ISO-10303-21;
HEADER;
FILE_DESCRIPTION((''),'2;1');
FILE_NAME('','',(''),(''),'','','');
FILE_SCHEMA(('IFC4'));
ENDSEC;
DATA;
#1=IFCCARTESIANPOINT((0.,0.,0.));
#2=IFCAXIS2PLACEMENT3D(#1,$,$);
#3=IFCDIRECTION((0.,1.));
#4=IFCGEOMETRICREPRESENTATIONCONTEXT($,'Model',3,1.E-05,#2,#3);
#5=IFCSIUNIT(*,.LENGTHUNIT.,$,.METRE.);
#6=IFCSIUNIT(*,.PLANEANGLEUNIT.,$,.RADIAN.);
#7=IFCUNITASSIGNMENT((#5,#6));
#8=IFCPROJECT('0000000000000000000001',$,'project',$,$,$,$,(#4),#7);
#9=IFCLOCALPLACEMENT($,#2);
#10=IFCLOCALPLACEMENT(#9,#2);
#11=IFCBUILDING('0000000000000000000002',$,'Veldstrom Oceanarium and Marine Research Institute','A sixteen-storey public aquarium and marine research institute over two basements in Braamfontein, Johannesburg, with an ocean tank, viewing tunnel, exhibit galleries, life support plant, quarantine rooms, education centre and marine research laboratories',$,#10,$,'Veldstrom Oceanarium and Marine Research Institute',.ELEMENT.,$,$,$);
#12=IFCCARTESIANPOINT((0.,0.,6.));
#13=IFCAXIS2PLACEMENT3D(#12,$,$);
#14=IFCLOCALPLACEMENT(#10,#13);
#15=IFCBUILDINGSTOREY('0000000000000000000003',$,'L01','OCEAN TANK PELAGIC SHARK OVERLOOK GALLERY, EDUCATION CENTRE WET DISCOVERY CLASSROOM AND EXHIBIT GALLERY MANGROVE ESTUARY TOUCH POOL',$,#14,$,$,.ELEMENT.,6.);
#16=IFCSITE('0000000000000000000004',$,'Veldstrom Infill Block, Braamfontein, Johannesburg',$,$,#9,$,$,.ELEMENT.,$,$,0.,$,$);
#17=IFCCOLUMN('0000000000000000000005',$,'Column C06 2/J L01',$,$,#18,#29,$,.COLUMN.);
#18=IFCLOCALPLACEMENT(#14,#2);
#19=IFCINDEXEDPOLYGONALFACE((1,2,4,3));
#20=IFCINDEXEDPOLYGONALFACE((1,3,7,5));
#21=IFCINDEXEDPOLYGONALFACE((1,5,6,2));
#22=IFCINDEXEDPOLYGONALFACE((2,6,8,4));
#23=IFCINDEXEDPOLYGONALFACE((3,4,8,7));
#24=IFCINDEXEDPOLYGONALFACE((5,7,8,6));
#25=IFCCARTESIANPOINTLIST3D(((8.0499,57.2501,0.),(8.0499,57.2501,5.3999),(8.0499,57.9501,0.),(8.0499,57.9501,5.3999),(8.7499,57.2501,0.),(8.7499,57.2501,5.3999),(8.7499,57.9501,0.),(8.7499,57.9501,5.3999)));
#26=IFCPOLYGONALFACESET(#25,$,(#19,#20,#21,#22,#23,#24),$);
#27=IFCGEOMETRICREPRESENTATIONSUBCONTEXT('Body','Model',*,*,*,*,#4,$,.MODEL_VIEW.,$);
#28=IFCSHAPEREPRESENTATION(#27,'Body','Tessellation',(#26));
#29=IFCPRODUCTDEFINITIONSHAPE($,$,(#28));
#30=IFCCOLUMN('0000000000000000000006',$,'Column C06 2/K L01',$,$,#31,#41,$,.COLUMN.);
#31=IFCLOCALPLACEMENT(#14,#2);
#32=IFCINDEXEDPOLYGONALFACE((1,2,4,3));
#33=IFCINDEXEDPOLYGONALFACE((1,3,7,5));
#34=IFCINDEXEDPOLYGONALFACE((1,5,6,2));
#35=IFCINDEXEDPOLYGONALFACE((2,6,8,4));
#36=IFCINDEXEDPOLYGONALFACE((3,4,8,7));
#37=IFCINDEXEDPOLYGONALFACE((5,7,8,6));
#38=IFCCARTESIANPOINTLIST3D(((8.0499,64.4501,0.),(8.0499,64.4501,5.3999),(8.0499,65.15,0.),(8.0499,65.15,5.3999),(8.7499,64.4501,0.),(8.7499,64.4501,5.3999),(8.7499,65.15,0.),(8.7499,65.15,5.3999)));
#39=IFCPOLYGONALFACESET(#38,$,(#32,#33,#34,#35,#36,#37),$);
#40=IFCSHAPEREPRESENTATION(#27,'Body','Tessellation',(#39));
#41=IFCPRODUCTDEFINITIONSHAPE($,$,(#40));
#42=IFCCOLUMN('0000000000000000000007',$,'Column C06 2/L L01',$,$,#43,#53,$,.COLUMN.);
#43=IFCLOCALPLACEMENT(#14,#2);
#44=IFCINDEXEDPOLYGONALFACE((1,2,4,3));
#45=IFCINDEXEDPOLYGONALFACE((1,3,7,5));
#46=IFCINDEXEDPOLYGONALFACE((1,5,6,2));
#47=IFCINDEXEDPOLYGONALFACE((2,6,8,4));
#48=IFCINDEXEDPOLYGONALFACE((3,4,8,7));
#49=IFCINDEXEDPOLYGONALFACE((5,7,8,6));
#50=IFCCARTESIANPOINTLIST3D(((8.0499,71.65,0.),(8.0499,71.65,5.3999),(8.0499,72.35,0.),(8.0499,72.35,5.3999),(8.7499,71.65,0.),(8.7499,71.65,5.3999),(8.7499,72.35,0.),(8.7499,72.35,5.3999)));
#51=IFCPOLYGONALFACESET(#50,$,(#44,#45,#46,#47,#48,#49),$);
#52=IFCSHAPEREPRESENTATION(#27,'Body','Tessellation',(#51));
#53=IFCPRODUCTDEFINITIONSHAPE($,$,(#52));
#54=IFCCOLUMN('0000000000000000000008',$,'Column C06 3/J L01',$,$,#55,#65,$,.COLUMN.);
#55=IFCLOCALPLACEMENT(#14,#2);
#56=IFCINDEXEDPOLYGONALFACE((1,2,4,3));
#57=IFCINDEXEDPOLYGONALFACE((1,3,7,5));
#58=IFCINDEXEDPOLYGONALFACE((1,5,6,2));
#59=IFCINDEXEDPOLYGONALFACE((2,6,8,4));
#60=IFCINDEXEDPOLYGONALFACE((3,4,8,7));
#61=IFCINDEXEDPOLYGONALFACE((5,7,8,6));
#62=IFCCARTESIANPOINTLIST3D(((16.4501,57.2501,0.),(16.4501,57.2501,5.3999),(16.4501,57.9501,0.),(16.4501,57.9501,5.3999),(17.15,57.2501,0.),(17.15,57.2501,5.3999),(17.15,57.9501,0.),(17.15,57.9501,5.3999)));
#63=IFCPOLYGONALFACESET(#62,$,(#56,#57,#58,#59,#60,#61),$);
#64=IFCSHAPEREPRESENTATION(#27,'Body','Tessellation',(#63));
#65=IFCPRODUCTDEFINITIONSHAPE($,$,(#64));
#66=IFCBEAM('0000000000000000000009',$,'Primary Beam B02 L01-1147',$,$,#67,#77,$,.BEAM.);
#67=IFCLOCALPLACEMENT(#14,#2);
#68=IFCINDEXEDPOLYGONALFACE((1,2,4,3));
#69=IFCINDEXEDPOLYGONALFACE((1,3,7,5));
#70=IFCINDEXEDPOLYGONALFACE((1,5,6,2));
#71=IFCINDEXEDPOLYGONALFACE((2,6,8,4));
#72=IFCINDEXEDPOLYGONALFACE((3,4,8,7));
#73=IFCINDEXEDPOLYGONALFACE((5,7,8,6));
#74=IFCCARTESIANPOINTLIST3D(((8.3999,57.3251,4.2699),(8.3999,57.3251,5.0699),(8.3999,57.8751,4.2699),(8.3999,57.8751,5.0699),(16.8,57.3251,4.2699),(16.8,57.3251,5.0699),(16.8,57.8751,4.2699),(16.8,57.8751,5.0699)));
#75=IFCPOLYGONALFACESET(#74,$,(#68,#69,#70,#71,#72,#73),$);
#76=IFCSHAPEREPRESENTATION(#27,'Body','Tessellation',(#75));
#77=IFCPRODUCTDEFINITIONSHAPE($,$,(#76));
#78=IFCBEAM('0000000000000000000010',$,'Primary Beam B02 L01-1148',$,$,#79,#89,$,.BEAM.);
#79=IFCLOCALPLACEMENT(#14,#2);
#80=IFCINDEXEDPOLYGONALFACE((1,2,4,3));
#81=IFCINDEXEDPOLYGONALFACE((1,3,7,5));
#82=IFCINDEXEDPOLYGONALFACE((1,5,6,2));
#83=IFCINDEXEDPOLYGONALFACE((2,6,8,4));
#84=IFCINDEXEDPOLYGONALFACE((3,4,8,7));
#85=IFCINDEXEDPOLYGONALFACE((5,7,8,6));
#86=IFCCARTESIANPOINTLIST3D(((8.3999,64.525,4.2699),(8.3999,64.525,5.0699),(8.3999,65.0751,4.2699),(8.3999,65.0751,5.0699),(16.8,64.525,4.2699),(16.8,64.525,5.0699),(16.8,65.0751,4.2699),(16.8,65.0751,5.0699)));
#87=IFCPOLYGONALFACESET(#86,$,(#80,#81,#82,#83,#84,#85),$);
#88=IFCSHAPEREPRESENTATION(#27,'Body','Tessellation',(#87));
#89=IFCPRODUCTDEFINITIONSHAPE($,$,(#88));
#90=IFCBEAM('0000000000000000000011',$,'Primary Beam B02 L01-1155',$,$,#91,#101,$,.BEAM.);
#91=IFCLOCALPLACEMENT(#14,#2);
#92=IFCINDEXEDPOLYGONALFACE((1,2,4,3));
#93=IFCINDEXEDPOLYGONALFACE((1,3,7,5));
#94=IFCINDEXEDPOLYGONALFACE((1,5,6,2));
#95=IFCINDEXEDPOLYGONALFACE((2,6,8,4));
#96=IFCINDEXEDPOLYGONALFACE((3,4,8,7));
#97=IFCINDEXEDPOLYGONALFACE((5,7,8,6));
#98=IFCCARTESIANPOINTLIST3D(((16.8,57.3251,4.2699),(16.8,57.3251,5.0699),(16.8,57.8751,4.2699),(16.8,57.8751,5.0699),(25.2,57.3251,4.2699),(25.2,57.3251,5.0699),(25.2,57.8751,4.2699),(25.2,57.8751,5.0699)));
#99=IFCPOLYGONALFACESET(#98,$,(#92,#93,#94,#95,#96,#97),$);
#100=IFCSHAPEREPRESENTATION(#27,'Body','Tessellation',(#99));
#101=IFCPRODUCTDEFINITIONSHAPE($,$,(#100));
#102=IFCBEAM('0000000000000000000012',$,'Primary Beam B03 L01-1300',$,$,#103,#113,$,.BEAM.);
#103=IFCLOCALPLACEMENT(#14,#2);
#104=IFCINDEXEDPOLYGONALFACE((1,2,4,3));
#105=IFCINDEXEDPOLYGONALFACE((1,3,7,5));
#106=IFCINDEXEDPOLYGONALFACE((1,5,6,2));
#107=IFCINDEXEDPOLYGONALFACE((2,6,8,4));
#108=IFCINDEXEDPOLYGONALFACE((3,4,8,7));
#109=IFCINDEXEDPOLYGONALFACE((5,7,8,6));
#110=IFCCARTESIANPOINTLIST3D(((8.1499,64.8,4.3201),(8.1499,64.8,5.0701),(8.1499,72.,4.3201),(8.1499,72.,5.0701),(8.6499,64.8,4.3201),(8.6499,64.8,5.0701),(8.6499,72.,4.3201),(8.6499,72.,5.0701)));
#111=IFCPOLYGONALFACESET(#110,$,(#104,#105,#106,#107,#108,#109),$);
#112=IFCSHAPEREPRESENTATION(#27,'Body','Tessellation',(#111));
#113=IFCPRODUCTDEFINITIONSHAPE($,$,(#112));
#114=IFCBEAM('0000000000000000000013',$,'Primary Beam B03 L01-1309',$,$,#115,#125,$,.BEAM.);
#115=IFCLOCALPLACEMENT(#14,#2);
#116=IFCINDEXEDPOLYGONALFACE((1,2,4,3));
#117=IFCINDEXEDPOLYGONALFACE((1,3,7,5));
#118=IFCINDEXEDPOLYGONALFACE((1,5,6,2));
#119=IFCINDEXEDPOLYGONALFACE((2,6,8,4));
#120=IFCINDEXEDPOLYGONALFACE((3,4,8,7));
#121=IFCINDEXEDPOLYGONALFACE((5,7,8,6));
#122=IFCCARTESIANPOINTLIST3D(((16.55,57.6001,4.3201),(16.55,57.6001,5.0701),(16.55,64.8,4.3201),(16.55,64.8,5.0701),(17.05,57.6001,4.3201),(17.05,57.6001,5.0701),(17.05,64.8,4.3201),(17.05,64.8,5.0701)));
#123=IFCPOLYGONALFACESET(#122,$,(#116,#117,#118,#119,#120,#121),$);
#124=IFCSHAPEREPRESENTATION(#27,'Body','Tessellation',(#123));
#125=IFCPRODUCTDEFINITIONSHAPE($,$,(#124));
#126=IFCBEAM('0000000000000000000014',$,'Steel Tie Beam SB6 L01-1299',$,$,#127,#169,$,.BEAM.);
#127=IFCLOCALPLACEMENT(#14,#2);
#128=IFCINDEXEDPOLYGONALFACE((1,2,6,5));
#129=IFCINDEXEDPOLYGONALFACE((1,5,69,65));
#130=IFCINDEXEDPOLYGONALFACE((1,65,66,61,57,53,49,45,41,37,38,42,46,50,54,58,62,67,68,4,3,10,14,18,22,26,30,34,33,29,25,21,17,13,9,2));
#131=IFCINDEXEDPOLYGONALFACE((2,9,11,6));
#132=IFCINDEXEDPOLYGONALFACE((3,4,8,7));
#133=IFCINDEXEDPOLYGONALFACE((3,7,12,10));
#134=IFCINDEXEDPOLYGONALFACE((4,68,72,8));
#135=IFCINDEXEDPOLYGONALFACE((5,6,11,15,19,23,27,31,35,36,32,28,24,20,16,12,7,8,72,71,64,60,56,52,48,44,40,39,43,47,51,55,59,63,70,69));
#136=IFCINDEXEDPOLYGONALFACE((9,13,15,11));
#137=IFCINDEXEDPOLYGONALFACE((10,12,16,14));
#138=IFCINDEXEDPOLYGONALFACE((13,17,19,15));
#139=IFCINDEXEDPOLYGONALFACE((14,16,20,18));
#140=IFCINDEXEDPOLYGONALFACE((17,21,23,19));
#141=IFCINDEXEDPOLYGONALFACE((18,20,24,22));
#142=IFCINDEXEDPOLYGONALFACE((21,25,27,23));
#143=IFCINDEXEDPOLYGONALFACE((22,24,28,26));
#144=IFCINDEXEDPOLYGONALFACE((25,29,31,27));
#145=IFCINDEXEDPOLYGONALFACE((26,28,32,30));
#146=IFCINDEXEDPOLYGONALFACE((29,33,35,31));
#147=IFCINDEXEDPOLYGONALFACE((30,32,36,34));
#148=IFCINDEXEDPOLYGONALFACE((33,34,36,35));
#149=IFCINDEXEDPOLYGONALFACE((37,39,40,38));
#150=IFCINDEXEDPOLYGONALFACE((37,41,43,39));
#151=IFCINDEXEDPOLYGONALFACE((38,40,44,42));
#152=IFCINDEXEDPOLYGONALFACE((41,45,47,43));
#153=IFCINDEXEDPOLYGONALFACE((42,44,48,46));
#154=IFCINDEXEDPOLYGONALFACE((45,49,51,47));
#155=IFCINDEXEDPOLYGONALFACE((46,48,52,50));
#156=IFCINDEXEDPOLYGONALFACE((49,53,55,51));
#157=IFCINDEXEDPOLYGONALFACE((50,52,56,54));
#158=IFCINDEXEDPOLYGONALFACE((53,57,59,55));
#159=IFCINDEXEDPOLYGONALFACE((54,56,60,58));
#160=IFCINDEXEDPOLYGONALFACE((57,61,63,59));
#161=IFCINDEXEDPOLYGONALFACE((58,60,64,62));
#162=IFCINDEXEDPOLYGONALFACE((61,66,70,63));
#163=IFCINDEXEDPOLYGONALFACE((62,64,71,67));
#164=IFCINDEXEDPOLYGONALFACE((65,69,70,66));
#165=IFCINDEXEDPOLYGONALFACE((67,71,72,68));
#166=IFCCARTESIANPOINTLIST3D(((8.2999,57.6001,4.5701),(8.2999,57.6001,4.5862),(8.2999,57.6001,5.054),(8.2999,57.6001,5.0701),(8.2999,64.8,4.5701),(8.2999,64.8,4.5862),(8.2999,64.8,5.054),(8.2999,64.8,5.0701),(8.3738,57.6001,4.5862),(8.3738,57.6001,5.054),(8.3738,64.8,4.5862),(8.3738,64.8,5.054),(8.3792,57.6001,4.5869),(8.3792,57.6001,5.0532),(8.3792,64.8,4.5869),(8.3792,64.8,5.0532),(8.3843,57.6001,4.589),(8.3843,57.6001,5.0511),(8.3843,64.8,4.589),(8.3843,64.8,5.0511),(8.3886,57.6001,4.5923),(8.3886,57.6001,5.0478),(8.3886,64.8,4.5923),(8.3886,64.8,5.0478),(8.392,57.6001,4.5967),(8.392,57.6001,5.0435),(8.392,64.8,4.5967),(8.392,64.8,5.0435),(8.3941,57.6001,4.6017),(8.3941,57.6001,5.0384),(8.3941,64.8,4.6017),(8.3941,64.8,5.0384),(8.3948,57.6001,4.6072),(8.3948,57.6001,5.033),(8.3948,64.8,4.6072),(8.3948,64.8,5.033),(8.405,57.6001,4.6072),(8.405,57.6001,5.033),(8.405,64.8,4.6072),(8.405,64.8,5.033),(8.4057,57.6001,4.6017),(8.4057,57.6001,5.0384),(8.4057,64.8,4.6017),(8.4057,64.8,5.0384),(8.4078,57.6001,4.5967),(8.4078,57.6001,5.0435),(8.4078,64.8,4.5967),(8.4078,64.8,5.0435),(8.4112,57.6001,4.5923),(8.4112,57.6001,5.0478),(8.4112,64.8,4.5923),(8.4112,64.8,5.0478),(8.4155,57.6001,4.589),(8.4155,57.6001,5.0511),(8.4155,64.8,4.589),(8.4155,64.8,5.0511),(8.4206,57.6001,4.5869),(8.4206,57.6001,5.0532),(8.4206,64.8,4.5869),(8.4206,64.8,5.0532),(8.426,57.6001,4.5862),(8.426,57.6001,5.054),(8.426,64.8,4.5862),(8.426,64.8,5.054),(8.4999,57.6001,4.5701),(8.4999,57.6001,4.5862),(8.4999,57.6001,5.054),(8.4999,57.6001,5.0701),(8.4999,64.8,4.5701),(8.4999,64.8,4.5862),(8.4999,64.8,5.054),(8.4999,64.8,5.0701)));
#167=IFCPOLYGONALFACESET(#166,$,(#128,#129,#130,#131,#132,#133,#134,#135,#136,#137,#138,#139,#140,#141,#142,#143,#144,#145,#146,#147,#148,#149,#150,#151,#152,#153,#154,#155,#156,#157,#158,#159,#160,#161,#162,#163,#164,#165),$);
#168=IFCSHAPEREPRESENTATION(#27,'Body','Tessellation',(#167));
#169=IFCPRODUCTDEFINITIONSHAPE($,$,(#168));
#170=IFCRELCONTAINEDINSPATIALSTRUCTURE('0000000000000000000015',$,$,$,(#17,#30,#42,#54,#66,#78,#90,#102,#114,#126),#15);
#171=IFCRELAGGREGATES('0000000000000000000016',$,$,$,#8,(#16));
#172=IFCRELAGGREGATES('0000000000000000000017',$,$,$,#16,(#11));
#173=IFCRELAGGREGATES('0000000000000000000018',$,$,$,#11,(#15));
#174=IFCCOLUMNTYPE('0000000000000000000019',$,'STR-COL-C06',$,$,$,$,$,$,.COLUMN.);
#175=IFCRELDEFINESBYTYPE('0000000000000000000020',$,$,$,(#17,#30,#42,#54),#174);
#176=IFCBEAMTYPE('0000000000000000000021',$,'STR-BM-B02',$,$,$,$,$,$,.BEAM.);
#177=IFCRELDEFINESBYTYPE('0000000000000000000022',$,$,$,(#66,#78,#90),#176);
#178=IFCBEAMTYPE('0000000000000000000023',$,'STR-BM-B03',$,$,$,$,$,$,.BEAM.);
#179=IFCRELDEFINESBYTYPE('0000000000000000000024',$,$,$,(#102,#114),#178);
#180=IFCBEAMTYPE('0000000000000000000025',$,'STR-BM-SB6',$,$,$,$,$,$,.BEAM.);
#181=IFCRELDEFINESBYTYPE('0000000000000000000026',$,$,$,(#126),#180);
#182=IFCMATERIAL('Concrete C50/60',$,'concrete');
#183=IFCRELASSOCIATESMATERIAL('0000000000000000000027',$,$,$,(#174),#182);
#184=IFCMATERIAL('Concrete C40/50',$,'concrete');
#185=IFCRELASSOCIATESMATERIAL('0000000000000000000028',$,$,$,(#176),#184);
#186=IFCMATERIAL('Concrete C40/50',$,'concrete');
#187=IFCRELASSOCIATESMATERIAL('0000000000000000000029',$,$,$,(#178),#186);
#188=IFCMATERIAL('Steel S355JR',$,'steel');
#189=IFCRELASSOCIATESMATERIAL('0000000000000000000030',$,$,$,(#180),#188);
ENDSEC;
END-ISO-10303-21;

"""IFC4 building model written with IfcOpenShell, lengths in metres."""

from ifc_helpers import new_model, si_unit, direction, frame, origin, origin_2d, place, context, subcontext, project, spatial, rectangle, i_section, extrude, material, material_profile, profile_set, type_object, element, save


model = new_model("IFC4")

# Units and contexts
model_context = context("Model", 3, precision=1e-05, world=origin(), true_north=direction((0.0, 1.0)))
body_context = subcontext(model_context, "Body", "Model", "MODEL_VIEW")
ifc_project = project(units=[si_unit("LENGTHUNIT", "METRE"), si_unit("PLANEANGLEUNIT", "RADIAN")], contexts=[model_context])

# Site, building, storey
site_placement = place(None, origin())
site = spatial("IfcSite", under=ifc_project, at=site_placement, Name="Veldstrom Infill Block, Braamfontein, Johannesburg", CompositionType="ELEMENT", RefElevation=0.0)
building_placement = place(site_placement, origin())
building = spatial("IfcBuilding", under=site, at=building_placement, Name="Veldstrom Oceanarium and Marine Research Institute", Description="A sixteen-storey public aquarium and marine research institute over two basements in Braamfontein, Johannesburg, with an ocean tank, viewing tunnel, exhibit galleries, life support plant, quarantine rooms, education centre and marine research laboratories", LongName="Veldstrom Oceanarium and Marine Research Institute", CompositionType="ELEMENT")
storey_placement = place(building_placement, frame((0.0, 0.0, 6.0)))
storey = spatial("IfcBuildingStorey", under=building, at=storey_placement, Name="L01", Description="OCEAN TANK PELAGIC SHARK OVERLOOK GALLERY, EDUCATION CENTRE WET DISCOVERY CLASSROOM AND EXHIBIT GALLERY MANGROVE ESTUARY TOUCH POOL", CompositionType="ELEMENT", Elevation=6.0)

# Columns
ifc_material_1 = material(Name="Concrete C50/60", Category="concrete")
ifc_material_profile_1 = material_profile(ifc_material_1, rectangle(XDim=0.7, YDim=0.7, at=origin_2d()), Name="RC-COL-700x700")
ifc_profile_set_1 = profile_set([ifc_material_profile_1], Name="Concrete C50/60")
column_type = type_object("IfcColumnType", Name="STR-COL-C06", PredefinedType="COLUMN", material=ifc_profile_set_1)
for number, where, z_axis, x_axis, name in (
    (1, (8.3999, 57.6001, 0.0), (0.0, 0.0, 1.0), (1.0, 0.0, 0.0), "Column C06 2/J L01"),
    (2, (8.3999, 64.8, 0.0), (0.0, 0.0, 1.0), (1.0, 0.0, 0.0), "Column C06 2/K L01"),
    (3, (8.3999, 72.0, 0.0), (0.0, 0.0, 1.0), (1.0, 0.0, 0.0), "Column C06 2/L L01"),
    (4, (16.8, 57.6001, 0.0), (0.0, 0.0, 1.0), (1.0, 0.0, 0.0), "Column C06 3/J L01"),
):
    element("IfcColumn", number, at=place(storey_placement, frame(where, z_axis=z_axis, x_axis=x_axis)), inside=storey, type_object=column_type, Name=name, PredefinedType="COLUMN", context=body_context, shape_type="SweptSolid", body=[
        extrude(rectangle(XDim=0.7, YDim=0.7, at=origin_2d()), origin(), (0.0, 0.0, 1.0), 5.3999),
    ])

# Beams
ifc_material_2 = material(Name="Concrete C40/50", Category="concrete")
ifc_material_profile_2 = material_profile(ifc_material_2, rectangle(XDim=0.55, YDim=0.8, at=origin_2d()), Name="RC-BM-550x800")
ifc_profile_set_2 = profile_set([ifc_material_profile_2], Name="Concrete C40/50")
beam_type_1 = type_object("IfcBeamType", Name="STR-BM-B02", PredefinedType="BEAM", material=ifc_profile_set_2)
for number, where, z_axis, x_axis, name in (
    (5, (8.3999, 57.6001, 4.6699), (1.0, 0.0, 0.0), (0.0, 1.0, 0.0), "Primary Beam B02 L01-1147"),
    (6, (8.3999, 64.8, 4.6699), (1.0, 0.0, 0.0), (0.0, 1.0, 0.0), "Primary Beam B02 L01-1148"),
):
    element("IfcBeam", number, at=place(storey_placement, frame(where, z_axis=z_axis, x_axis=x_axis)), inside=storey, type_object=beam_type_1, Name=name, PredefinedType="BEAM", context=body_context, shape_type="SweptSolid", body=[
        extrude(rectangle(XDim=0.55, YDim=0.8, at=origin_2d()), origin(), (0.0, 0.0, 1.0), 8.4001),
    ])
beam_1_placement = place(storey_placement, frame((16.8, 57.6001, 4.6699), z_axis=(1.0, 0.0, 0.0), x_axis=(0.0, 1.0, 0.0)))
element("IfcBeam", 7, at=beam_1_placement, inside=storey, type_object=beam_type_1, Name="Primary Beam B02 L01-1155", PredefinedType="BEAM", context=body_context, shape_type="SweptSolid", body=[
    extrude(rectangle(XDim=0.55, YDim=0.8, at=origin_2d()), origin(), (0.0, 0.0, 1.0), 8.3999),
])
ifc_material_3 = material(Name="Concrete C40/50", Category="concrete")
ifc_material_profile_3 = material_profile(ifc_material_3, rectangle(XDim=0.5, YDim=0.75, at=origin_2d()), Name="RC-BM-500x750")
ifc_profile_set_3 = profile_set([ifc_material_profile_3], Name="Concrete C40/50")
beam_type_2 = type_object("IfcBeamType", Name="STR-BM-B03", PredefinedType="BEAM", material=ifc_profile_set_3)
for number, where, z_axis, x_axis, name in (
    (8, (8.3999, 64.8, 4.6951), (0.0, 1.0, 0.0), (-1.0, 0.0, 0.0), "Primary Beam B03 L01-1300"),
    (9, (16.8, 57.6001, 4.6951), (0.0, 1.0, 0.0), (-1.0, 0.0, 0.0), "Primary Beam B03 L01-1309"),
):
    element("IfcBeam", number, at=place(storey_placement, frame(where, z_axis=z_axis, x_axis=x_axis)), inside=storey, type_object=beam_type_2, Name=name, PredefinedType="BEAM", context=body_context, shape_type="SweptSolid", body=[
        extrude(rectangle(XDim=0.5, YDim=0.75, at=origin_2d()), origin(), (0.0, 0.0, 1.0), 7.2),
    ])
ifc_material_4 = material(Name="Steel S355JR", Category="steel")
ifc_material_profile_4 = material_profile(ifc_material_4, i_section(OverallWidth=0.2, OverallDepth=0.5, WebThickness=0.0103, FlangeThickness=0.0161, FilletRadius=0.021, at=origin_2d()), Name="IPE 500")
ifc_profile_set_4 = profile_set([ifc_material_profile_4], Name="Steel S355JR")
beam_type_3 = type_object("IfcBeamType", Name="STR-BM-SB6", PredefinedType="BEAM", material=ifc_profile_set_4)
beam_2_placement = place(storey_placement, frame((8.3999, 57.6001, 4.8201), z_axis=(0.0, 1.0, 0.0), x_axis=(-1.0, 0.0, 0.0)))
element("IfcBeam", 10, at=beam_2_placement, inside=storey, type_object=beam_type_3, Name="Steel Tie Beam SB6 L01-1299", PredefinedType="BEAM", context=body_context, shape_type="SweptSolid", body=[
    extrude(i_section(OverallWidth=0.2, OverallDepth=0.5, WebThickness=0.0103, FlangeThickness=0.0161, FilletRadius=0.021, at=origin_2d()), origin(), (0.0, 0.0, 1.0), 7.2),
])

save(model, "model.ifc")
